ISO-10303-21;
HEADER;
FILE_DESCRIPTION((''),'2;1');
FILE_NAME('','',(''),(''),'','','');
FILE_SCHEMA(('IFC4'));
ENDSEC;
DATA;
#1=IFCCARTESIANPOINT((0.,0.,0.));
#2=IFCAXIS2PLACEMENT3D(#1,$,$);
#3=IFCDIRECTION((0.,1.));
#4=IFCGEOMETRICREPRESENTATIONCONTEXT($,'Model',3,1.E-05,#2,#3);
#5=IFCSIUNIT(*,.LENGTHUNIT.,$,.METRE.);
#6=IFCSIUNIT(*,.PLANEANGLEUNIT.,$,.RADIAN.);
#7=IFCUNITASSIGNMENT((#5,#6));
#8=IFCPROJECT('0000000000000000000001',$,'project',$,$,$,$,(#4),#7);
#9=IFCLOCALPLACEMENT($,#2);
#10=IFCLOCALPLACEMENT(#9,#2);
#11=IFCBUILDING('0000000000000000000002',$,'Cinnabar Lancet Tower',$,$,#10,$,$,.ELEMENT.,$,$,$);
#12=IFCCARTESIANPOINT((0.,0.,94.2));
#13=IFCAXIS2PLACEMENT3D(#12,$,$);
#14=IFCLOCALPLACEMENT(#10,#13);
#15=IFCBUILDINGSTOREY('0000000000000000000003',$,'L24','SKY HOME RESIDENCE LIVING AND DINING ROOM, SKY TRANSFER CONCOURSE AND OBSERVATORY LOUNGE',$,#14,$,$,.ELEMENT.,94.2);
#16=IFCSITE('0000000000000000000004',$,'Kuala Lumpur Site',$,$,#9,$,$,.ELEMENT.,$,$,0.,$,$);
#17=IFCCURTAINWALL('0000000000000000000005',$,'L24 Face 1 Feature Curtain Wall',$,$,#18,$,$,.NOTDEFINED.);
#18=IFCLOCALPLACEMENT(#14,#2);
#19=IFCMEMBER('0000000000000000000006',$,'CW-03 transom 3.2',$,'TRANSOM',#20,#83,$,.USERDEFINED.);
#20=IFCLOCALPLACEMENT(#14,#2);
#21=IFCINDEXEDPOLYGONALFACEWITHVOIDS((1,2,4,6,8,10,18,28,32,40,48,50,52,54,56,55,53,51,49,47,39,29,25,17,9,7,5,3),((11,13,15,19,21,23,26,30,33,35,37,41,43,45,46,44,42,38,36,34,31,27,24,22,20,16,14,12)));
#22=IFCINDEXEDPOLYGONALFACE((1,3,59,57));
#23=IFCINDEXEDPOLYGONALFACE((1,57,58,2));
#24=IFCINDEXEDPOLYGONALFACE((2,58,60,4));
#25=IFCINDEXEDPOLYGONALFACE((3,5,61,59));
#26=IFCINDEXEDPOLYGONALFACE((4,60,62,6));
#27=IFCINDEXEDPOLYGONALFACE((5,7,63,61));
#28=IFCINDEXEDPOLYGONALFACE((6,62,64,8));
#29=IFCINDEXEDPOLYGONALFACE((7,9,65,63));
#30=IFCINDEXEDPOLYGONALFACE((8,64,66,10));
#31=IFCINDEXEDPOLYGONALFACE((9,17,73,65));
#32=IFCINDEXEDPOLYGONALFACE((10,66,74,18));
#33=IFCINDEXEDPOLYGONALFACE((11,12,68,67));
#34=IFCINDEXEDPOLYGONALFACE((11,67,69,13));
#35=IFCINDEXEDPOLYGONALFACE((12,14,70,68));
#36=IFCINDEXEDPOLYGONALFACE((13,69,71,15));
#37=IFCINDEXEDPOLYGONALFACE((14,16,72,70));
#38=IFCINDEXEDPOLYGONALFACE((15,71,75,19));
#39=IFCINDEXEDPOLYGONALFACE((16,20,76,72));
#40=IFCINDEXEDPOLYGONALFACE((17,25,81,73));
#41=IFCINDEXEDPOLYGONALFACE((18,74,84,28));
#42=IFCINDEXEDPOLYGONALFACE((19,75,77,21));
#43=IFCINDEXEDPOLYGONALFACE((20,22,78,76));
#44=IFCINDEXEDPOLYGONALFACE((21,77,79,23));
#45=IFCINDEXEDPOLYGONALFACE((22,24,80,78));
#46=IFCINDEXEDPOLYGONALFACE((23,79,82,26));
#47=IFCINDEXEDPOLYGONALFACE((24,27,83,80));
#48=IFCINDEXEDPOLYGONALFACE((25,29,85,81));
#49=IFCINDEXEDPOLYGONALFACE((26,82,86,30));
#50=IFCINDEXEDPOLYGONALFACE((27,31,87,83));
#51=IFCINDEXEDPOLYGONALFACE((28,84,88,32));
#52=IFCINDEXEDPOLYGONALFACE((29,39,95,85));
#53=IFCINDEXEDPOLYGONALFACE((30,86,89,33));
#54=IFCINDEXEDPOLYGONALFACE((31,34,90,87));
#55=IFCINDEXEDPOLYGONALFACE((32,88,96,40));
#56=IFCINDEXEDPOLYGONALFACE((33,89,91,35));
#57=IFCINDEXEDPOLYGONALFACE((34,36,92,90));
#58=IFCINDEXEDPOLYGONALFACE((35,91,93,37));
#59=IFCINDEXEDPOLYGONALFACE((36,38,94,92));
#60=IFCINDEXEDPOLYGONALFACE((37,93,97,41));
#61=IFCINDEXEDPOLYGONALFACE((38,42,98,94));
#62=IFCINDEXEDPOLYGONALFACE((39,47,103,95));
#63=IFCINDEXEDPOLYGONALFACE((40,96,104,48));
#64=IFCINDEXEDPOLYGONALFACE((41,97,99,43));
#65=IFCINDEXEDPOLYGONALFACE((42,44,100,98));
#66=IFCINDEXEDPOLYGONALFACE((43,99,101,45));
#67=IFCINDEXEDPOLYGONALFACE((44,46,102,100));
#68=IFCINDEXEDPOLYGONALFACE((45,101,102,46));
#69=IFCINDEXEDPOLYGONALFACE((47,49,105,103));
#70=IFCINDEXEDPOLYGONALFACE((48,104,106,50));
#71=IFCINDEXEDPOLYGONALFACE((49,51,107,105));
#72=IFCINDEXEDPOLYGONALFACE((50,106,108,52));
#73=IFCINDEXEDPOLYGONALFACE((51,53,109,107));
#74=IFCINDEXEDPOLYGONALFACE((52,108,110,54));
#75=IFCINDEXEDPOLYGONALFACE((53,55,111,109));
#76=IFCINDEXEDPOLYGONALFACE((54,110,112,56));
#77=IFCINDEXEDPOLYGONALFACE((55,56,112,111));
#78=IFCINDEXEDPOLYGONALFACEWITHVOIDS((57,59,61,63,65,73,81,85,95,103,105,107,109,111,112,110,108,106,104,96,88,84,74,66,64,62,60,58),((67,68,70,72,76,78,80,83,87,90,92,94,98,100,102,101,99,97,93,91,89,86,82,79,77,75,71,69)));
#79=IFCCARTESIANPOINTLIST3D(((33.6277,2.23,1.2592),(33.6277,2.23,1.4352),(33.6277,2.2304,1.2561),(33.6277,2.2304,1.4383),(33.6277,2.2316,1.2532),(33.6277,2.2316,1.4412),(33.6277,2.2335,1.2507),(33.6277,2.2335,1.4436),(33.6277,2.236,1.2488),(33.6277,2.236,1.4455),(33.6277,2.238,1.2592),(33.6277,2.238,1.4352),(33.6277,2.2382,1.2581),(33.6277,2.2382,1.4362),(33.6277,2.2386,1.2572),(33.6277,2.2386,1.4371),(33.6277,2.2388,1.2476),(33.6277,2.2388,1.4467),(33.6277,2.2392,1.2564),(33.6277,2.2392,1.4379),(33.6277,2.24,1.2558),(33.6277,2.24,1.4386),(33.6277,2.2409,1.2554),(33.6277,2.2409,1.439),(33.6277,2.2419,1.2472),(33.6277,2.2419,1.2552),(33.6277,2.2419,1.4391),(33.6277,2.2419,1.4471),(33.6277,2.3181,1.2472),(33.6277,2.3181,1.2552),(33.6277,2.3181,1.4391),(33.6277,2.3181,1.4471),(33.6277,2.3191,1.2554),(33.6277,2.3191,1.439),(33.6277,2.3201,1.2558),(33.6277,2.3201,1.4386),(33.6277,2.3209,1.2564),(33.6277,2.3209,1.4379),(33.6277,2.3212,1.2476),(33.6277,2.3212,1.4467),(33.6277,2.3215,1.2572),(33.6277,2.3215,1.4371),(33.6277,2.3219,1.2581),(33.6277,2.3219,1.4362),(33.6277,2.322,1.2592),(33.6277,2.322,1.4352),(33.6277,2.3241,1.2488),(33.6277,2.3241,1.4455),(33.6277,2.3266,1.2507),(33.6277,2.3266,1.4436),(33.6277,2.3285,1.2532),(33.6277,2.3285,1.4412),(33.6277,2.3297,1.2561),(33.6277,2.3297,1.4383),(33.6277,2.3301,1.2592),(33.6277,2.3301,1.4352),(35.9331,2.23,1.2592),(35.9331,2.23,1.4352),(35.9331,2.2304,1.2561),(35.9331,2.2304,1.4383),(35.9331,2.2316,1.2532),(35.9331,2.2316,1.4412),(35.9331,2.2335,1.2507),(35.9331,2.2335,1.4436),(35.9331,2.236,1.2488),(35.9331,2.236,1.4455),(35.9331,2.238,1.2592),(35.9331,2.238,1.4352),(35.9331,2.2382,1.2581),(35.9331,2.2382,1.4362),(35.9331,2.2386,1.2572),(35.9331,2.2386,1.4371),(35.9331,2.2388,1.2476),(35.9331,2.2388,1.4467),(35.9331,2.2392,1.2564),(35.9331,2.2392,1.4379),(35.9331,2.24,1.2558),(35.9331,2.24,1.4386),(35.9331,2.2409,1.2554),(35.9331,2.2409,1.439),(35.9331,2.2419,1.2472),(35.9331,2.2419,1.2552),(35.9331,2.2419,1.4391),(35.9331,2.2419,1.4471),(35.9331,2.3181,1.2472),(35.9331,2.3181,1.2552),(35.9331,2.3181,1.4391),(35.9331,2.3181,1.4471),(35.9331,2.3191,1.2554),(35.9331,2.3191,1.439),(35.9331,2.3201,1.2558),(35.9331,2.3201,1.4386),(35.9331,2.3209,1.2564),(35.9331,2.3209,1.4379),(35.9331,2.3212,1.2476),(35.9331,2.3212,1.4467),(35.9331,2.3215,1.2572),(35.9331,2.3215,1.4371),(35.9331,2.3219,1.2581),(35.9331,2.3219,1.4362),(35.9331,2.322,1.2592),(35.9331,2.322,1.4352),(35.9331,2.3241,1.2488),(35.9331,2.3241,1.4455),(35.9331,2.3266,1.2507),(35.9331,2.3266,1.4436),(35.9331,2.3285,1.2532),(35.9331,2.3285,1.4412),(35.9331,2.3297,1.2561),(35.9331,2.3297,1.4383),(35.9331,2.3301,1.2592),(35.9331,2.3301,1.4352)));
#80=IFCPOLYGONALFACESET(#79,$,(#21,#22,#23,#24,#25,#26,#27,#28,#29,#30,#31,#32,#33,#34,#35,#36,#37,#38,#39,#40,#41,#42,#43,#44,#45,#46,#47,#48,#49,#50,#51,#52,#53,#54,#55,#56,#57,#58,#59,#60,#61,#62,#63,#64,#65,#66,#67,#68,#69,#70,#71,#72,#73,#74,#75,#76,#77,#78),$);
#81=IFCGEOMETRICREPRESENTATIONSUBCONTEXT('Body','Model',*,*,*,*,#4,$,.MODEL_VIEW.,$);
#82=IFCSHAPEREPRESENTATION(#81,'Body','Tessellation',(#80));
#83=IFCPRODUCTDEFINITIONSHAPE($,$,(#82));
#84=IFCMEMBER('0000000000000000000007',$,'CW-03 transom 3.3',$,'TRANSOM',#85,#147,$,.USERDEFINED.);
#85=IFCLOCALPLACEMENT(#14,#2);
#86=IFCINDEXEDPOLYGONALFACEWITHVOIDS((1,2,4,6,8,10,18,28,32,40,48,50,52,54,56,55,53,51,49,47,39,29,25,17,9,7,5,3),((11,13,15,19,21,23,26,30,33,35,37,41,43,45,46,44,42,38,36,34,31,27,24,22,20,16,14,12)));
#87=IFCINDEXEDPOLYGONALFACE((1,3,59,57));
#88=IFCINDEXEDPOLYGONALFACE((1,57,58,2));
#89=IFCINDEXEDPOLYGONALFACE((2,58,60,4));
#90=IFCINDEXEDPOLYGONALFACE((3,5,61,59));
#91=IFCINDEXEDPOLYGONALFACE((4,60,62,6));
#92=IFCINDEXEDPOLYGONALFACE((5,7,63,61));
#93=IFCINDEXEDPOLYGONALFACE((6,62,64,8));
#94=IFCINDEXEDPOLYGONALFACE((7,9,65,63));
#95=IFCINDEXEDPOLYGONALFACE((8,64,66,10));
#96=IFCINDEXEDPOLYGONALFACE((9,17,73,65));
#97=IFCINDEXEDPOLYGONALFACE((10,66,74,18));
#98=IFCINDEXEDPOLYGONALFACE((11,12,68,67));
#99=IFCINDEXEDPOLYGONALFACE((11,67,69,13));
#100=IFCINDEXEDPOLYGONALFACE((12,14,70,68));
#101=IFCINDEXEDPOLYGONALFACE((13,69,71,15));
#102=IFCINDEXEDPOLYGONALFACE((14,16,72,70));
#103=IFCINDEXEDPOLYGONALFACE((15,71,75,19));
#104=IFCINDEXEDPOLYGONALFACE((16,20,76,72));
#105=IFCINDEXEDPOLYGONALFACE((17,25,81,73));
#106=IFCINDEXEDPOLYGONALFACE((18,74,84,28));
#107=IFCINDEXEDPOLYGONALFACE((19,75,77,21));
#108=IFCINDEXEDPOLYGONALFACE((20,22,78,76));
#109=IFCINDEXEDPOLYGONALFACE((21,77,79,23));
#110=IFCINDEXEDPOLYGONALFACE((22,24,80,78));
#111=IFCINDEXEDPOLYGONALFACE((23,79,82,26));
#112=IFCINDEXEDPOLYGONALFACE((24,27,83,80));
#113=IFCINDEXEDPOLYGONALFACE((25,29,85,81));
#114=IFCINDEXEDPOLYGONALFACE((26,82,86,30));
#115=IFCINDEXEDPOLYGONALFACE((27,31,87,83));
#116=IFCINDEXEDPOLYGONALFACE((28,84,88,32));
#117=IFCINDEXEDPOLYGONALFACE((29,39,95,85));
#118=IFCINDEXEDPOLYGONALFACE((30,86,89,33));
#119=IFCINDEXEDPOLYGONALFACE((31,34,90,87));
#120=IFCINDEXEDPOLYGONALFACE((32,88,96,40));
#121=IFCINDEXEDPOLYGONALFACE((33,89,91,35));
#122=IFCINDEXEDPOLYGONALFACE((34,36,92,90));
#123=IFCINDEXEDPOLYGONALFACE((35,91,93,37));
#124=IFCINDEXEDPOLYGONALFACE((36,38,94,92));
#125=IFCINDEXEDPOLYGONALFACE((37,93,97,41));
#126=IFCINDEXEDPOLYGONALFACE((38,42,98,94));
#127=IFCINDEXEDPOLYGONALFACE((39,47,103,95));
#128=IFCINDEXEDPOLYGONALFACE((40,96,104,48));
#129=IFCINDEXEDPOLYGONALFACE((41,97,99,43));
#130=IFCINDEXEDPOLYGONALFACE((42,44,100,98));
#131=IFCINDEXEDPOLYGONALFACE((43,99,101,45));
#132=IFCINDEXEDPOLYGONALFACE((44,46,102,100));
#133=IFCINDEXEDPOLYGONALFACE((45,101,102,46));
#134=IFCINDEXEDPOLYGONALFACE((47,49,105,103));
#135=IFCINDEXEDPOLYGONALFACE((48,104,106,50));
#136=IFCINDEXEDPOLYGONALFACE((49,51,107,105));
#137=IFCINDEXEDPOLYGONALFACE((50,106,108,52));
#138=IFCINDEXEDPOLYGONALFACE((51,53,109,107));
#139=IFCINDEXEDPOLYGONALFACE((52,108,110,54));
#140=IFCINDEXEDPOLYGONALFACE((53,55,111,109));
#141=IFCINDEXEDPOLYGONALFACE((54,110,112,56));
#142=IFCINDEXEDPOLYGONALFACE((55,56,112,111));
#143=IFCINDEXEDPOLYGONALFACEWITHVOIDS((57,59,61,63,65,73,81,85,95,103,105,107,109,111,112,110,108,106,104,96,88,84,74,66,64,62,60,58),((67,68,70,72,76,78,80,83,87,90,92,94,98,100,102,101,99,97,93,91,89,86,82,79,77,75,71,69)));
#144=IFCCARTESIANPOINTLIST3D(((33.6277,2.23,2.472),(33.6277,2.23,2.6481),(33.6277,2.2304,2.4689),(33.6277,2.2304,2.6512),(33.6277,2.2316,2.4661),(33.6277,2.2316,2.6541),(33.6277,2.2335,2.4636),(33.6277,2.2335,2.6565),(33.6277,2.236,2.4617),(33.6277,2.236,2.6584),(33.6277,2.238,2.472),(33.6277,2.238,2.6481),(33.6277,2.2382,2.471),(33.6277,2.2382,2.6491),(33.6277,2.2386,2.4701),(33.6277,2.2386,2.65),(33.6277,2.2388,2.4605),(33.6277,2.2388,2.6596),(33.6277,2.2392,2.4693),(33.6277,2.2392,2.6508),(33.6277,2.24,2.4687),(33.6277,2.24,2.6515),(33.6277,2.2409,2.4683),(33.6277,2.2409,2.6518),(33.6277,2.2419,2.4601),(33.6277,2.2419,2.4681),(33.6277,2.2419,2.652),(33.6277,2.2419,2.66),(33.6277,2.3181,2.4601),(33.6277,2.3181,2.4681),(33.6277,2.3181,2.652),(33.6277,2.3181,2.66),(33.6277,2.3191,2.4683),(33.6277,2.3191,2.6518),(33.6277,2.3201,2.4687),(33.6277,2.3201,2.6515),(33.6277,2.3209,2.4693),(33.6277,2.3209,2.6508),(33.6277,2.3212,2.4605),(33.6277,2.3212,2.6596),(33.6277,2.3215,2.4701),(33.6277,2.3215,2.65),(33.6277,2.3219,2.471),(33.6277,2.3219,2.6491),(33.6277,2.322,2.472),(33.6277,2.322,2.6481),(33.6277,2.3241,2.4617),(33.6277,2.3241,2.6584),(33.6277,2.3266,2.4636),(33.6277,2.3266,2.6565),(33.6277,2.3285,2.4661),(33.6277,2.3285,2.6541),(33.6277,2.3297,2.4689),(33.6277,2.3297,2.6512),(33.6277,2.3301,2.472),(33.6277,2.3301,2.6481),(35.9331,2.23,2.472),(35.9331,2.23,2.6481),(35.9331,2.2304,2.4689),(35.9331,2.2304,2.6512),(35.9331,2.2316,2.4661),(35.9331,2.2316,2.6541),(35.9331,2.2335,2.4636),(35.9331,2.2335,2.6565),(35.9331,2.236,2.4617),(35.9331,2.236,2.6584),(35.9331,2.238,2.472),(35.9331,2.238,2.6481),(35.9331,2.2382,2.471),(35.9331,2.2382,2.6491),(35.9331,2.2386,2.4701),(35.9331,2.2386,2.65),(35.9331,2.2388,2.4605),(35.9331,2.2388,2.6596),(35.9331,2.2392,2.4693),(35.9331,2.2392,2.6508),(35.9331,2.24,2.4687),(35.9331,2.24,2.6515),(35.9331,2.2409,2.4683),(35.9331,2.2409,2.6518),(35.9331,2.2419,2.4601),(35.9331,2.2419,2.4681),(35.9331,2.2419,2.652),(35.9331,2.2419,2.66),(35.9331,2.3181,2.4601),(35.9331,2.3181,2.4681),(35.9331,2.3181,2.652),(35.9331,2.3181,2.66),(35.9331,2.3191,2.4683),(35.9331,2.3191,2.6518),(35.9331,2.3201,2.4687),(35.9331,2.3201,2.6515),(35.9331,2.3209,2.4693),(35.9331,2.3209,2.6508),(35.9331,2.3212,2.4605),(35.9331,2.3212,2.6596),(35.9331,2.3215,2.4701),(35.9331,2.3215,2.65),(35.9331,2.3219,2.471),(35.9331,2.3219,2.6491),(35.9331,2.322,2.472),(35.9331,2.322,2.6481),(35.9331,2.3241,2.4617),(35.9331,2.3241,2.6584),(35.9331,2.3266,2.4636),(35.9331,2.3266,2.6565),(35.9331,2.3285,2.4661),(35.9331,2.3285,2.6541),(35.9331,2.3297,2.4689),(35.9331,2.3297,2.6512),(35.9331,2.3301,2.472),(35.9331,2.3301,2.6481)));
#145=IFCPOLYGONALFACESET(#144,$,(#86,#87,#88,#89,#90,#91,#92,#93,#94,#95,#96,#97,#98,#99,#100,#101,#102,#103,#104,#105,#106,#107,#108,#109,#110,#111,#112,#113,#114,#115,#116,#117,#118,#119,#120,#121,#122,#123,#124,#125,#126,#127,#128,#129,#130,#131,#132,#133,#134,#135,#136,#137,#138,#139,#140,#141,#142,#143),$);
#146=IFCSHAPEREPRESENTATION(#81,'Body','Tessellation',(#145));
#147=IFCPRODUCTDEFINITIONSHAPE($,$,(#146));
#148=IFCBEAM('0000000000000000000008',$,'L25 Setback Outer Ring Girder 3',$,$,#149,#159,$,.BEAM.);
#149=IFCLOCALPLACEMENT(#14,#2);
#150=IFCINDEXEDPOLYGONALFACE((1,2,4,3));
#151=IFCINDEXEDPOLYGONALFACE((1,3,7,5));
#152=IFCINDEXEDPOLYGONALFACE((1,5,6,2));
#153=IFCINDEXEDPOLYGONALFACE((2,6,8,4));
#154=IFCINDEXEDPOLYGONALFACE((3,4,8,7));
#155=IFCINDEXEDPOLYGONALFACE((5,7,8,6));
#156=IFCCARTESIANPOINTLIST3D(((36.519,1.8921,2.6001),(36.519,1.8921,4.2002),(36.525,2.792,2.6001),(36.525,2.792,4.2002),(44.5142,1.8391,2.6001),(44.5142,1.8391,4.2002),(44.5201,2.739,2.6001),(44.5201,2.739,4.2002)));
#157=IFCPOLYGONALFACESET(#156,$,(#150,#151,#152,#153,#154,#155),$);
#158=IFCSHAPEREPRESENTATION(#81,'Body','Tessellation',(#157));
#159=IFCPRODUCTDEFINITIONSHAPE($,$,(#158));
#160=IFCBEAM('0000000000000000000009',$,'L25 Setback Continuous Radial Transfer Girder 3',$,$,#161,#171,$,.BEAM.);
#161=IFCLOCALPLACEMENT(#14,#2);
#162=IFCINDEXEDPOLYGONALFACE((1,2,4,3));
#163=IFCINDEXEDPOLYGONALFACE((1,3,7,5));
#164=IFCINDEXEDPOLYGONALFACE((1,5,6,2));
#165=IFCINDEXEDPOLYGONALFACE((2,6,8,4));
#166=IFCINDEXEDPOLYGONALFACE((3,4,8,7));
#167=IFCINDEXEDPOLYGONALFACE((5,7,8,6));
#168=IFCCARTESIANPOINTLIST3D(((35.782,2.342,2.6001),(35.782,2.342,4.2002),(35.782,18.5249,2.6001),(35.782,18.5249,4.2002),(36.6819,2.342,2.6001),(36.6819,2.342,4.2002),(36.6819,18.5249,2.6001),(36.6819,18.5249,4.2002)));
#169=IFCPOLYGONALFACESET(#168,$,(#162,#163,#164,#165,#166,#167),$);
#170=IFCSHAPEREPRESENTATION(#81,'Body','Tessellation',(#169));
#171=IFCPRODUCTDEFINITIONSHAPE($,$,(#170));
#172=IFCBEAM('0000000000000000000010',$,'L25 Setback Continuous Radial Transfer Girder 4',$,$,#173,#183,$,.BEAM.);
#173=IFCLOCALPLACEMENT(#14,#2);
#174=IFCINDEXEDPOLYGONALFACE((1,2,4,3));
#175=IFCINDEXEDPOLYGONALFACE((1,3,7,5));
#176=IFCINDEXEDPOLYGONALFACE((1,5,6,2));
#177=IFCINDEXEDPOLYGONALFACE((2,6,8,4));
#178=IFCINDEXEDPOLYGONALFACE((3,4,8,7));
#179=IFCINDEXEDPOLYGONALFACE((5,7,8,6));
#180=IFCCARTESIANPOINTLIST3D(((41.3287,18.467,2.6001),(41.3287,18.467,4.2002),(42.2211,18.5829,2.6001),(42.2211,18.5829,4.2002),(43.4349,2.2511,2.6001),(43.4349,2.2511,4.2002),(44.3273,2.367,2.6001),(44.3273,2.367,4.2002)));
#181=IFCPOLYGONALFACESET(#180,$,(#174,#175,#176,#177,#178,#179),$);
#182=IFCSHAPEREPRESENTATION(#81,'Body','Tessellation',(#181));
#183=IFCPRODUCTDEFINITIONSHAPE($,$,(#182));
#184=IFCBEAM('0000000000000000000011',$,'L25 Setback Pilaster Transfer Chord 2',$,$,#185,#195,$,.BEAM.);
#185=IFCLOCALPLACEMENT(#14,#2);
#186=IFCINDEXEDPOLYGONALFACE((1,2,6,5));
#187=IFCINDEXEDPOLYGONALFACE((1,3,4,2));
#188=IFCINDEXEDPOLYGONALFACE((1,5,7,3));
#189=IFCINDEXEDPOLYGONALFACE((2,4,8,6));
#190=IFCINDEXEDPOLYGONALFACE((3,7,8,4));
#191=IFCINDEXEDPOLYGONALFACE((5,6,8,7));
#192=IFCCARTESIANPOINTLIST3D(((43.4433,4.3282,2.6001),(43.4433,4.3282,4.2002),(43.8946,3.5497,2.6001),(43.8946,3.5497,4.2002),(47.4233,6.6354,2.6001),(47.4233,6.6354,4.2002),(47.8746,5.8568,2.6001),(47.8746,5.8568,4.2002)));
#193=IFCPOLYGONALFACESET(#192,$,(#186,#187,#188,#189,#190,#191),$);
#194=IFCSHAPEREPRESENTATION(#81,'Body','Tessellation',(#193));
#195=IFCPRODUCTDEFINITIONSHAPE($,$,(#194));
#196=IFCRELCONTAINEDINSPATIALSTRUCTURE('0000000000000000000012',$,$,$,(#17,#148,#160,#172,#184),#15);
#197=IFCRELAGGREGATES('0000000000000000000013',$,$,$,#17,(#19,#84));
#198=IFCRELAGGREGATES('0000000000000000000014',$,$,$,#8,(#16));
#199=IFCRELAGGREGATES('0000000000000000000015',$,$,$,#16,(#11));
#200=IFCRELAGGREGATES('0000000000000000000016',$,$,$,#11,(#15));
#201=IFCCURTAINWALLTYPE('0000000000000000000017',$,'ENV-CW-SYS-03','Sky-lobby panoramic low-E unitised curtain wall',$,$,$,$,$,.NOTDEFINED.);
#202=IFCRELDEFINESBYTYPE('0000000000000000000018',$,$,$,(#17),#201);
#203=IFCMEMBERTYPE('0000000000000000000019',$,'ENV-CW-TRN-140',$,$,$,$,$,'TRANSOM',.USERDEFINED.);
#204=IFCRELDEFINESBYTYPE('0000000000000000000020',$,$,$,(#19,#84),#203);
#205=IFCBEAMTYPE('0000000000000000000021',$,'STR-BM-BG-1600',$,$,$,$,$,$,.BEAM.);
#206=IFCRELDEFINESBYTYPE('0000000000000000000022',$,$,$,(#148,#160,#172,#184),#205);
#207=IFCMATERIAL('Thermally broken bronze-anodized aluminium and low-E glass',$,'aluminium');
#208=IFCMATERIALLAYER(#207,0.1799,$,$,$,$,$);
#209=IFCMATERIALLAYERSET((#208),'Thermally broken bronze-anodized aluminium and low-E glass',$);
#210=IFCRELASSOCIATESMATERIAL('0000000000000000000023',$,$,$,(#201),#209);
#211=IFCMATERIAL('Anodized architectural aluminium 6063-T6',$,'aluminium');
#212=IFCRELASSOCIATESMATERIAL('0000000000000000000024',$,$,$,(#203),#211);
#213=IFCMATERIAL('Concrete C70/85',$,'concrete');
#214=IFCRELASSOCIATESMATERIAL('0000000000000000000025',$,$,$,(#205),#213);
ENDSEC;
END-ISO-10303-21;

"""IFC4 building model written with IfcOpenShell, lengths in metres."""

from ifc_helpers import new_model, si_unit, direction, frame, origin, origin_2d, place, context, subcontext, project, spatial, rectangle, hollow_rectangle, extrude, material, layer, layer_set, material_profile, profile_set, type_object, element, aggregate, save


model = new_model("IFC4")

# Units and contexts
model_context = context("Model", 3, precision=1e-05, world=origin(), true_north=direction((0.0, 1.0)))
body_context = subcontext(model_context, "Body", "Model", "MODEL_VIEW")
ifc_project = project(units=[si_unit("LENGTHUNIT", "METRE"), si_unit("PLANEANGLEUNIT", "RADIAN")], contexts=[model_context])

# Site, building, storey
site_placement = place(None, origin())
site = spatial("IfcSite", under=ifc_project, at=site_placement, Name="Kuala Lumpur Site", CompositionType="ELEMENT", RefElevation=0.0)
building_placement = place(site_placement, origin())
building = spatial("IfcBuilding", under=site, at=building_placement, Name="Cinnabar Lancet Tower", CompositionType="ELEMENT")
storey_placement = place(building_placement, frame((0.0, 0.0, 94.2)))
storey = spatial("IfcBuildingStorey", under=building, at=storey_placement, Name="L24", Description="SKY HOME RESIDENCE LIVING AND DINING ROOM, SKY TRANSFER CONCOURSE AND OBSERVATORY LOUNGE", CompositionType="ELEMENT", Elevation=94.2)

# Curtain wall, members
ifc_material_1 = material(Name="Thermally broken bronze-anodized aluminium and low-E glass", Category="aluminium")
ifc_layer_1 = layer(ifc_material_1, 0.1799)
ifc_layer_set_1 = layer_set([ifc_layer_1], Name="Thermally broken bronze-anodized aluminium and low-E glass")
curtain_wall_type = type_object("IfcCurtainWallType", Name="ENV-CW-SYS-03", Description="Sky-lobby panoramic low-E unitised curtain wall", PredefinedType="NOTDEFINED", material=ifc_layer_set_1)
curtain_wall_placement = place(storey_placement, origin())
curtain_wall = element("IfcCurtainWall", 1, at=curtain_wall_placement, inside=storey, type_object=curtain_wall_type, Name="L24 Face 1 Feature Curtain Wall", PredefinedType="NOTDEFINED")
ifc_material_2 = material(Name="Anodized architectural aluminium 6063-T6", Category="aluminium")
ifc_material_profile_1 = material_profile(ifc_material_2, hollow_rectangle(XDim=0.1001, YDim=0.2, WallThickness=0.0081, InnerFilletRadius=0.0039, OuterFilletRadius=0.012, at=origin_2d()), Name="RHS 200x100x8")
ifc_profile_set_1 = profile_set([ifc_material_profile_1], Name="Anodized architectural aluminium 6063-T6")
member_type_1 = type_object("IfcMemberType", Name="ENV-CW-TRN-140", ElementType="TRANSOM", PredefinedType="USERDEFINED", material=ifc_profile_set_1)
member_1_placement = place(storey_placement, frame((33.6277, 2.28, 1.3472), z_axis=(1.0, 0.0, 0.0), x_axis=(0.0, 1.0, 0.0)))
member_1 = element("IfcMember", 2, at=member_1_placement, type_object=member_type_1, Name="CW-03 transom 3.2", ObjectType="TRANSOM", PredefinedType="USERDEFINED", context=body_context, shape_type="SweptSolid", body=[
    extrude(hollow_rectangle(XDim=0.1001, YDim=0.2, WallThickness=0.0081, InnerFilletRadius=0.0039, OuterFilletRadius=0.012, at=origin_2d()), origin(), (0.0, 0.0, 1.0), 2.3054),
])
member_2_placement = place(storey_placement, frame((33.6277, 2.28, 2.5601), z_axis=(1.0, 0.0, 0.0), x_axis=(0.0, 1.0, 0.0)))
member_2 = element("IfcMember", 3, at=member_2_placement, type_object=member_type_1, Name="CW-03 transom 3.3", ObjectType="TRANSOM", PredefinedType="USERDEFINED", context=body_context, shape_type="SweptSolid", body=[
    extrude(hollow_rectangle(XDim=0.1001, YDim=0.2, WallThickness=0.0081, InnerFilletRadius=0.0039, OuterFilletRadius=0.012, at=origin_2d()), origin(), (0.0, 0.0, 1.0), 2.3054),
])

# Beams
ifc_material_3 = material(Name="Concrete C70/85", Category="concrete")
ifc_material_profile_2 = material_profile(ifc_material_3, rectangle(XDim=0.8999, YDim=1.6001, at=origin_2d()), Name="RC-BG 900x1600")
ifc_profile_set_2 = profile_set([ifc_material_profile_2], Name="Concrete C70/85")
beam_type_1 = type_object("IfcBeamType", Name="STR-BM-BG-1600", PredefinedType="BEAM", material=ifc_profile_set_2)
beam_1_placement = place(storey_placement, frame((36.522, 2.342, 3.4001), z_axis=(0.999978, -0.006626, 0.0), x_axis=(0.006626, 0.999978, 0.0)))
element("IfcBeam", 4, at=beam_1_placement, inside=storey, type_object=beam_type_1, Name="L25 Setback Outer Ring Girder 3", PredefinedType="BEAM", context=body_context, shape_type="SweptSolid", body=[
    extrude(rectangle(XDim=0.8999, YDim=1.6001, at=origin_2d()), origin(), (0.0, 0.0, 1.0), 7.9954),
])
beam_2_placement = place(storey_placement, frame((36.2319, 2.342, 3.4001), z_axis=(0.0, 1.0, 0.0), x_axis=(-1.0, 0.0, 0.0)))
element("IfcBeam", 5, at=beam_2_placement, inside=storey, type_object=beam_type_1, Name="L25 Setback Continuous Radial Transfer Girder 3", PredefinedType="BEAM", context=body_context, shape_type="SweptSolid", body=[
    extrude(rectangle(XDim=0.8999, YDim=1.6001, at=origin_2d()), origin(), (0.0, 0.0, 1.0), 16.1829),
])
beam_3_placement = place(storey_placement, frame((43.8811, 2.3091, 3.4001), z_axis=(-0.128804, 0.99167, 0.0), x_axis=(-0.99167, -0.128804, 0.0)))
element("IfcBeam", 6, at=beam_3_placement, inside=storey, type_object=beam_type_1, Name="L25 Setback Continuous Radial Transfer Girder 4", PredefinedType="BEAM", context=body_context, shape_type="SweptSolid", body=[
    extrude(rectangle(XDim=0.8999, YDim=1.6001, at=origin_2d()), origin(), (0.0, 0.0, 1.0), 16.3521),
])
beam_4_placement = place(storey_placement, frame((43.6689, 3.939, 3.4001), z_axis=(0.86515, 0.501513, 0.0), x_axis=(-0.501513, 0.86515, 0.0)))
element("IfcBeam", 7, at=beam_4_placement, inside=storey, type_object=beam_type_1, Name="L25 Setback Pilaster Transfer Chord 2", PredefinedType="BEAM", context=body_context, shape_type="SweptSolid", body=[
    extrude(rectangle(XDim=0.8999, YDim=1.6001, at=origin_2d()), origin(), (0.0, 0.0, 1.0), 4.6003),
])

aggregate(curtain_wall, [member_1, member_2])

save(model, "model.ifc")
